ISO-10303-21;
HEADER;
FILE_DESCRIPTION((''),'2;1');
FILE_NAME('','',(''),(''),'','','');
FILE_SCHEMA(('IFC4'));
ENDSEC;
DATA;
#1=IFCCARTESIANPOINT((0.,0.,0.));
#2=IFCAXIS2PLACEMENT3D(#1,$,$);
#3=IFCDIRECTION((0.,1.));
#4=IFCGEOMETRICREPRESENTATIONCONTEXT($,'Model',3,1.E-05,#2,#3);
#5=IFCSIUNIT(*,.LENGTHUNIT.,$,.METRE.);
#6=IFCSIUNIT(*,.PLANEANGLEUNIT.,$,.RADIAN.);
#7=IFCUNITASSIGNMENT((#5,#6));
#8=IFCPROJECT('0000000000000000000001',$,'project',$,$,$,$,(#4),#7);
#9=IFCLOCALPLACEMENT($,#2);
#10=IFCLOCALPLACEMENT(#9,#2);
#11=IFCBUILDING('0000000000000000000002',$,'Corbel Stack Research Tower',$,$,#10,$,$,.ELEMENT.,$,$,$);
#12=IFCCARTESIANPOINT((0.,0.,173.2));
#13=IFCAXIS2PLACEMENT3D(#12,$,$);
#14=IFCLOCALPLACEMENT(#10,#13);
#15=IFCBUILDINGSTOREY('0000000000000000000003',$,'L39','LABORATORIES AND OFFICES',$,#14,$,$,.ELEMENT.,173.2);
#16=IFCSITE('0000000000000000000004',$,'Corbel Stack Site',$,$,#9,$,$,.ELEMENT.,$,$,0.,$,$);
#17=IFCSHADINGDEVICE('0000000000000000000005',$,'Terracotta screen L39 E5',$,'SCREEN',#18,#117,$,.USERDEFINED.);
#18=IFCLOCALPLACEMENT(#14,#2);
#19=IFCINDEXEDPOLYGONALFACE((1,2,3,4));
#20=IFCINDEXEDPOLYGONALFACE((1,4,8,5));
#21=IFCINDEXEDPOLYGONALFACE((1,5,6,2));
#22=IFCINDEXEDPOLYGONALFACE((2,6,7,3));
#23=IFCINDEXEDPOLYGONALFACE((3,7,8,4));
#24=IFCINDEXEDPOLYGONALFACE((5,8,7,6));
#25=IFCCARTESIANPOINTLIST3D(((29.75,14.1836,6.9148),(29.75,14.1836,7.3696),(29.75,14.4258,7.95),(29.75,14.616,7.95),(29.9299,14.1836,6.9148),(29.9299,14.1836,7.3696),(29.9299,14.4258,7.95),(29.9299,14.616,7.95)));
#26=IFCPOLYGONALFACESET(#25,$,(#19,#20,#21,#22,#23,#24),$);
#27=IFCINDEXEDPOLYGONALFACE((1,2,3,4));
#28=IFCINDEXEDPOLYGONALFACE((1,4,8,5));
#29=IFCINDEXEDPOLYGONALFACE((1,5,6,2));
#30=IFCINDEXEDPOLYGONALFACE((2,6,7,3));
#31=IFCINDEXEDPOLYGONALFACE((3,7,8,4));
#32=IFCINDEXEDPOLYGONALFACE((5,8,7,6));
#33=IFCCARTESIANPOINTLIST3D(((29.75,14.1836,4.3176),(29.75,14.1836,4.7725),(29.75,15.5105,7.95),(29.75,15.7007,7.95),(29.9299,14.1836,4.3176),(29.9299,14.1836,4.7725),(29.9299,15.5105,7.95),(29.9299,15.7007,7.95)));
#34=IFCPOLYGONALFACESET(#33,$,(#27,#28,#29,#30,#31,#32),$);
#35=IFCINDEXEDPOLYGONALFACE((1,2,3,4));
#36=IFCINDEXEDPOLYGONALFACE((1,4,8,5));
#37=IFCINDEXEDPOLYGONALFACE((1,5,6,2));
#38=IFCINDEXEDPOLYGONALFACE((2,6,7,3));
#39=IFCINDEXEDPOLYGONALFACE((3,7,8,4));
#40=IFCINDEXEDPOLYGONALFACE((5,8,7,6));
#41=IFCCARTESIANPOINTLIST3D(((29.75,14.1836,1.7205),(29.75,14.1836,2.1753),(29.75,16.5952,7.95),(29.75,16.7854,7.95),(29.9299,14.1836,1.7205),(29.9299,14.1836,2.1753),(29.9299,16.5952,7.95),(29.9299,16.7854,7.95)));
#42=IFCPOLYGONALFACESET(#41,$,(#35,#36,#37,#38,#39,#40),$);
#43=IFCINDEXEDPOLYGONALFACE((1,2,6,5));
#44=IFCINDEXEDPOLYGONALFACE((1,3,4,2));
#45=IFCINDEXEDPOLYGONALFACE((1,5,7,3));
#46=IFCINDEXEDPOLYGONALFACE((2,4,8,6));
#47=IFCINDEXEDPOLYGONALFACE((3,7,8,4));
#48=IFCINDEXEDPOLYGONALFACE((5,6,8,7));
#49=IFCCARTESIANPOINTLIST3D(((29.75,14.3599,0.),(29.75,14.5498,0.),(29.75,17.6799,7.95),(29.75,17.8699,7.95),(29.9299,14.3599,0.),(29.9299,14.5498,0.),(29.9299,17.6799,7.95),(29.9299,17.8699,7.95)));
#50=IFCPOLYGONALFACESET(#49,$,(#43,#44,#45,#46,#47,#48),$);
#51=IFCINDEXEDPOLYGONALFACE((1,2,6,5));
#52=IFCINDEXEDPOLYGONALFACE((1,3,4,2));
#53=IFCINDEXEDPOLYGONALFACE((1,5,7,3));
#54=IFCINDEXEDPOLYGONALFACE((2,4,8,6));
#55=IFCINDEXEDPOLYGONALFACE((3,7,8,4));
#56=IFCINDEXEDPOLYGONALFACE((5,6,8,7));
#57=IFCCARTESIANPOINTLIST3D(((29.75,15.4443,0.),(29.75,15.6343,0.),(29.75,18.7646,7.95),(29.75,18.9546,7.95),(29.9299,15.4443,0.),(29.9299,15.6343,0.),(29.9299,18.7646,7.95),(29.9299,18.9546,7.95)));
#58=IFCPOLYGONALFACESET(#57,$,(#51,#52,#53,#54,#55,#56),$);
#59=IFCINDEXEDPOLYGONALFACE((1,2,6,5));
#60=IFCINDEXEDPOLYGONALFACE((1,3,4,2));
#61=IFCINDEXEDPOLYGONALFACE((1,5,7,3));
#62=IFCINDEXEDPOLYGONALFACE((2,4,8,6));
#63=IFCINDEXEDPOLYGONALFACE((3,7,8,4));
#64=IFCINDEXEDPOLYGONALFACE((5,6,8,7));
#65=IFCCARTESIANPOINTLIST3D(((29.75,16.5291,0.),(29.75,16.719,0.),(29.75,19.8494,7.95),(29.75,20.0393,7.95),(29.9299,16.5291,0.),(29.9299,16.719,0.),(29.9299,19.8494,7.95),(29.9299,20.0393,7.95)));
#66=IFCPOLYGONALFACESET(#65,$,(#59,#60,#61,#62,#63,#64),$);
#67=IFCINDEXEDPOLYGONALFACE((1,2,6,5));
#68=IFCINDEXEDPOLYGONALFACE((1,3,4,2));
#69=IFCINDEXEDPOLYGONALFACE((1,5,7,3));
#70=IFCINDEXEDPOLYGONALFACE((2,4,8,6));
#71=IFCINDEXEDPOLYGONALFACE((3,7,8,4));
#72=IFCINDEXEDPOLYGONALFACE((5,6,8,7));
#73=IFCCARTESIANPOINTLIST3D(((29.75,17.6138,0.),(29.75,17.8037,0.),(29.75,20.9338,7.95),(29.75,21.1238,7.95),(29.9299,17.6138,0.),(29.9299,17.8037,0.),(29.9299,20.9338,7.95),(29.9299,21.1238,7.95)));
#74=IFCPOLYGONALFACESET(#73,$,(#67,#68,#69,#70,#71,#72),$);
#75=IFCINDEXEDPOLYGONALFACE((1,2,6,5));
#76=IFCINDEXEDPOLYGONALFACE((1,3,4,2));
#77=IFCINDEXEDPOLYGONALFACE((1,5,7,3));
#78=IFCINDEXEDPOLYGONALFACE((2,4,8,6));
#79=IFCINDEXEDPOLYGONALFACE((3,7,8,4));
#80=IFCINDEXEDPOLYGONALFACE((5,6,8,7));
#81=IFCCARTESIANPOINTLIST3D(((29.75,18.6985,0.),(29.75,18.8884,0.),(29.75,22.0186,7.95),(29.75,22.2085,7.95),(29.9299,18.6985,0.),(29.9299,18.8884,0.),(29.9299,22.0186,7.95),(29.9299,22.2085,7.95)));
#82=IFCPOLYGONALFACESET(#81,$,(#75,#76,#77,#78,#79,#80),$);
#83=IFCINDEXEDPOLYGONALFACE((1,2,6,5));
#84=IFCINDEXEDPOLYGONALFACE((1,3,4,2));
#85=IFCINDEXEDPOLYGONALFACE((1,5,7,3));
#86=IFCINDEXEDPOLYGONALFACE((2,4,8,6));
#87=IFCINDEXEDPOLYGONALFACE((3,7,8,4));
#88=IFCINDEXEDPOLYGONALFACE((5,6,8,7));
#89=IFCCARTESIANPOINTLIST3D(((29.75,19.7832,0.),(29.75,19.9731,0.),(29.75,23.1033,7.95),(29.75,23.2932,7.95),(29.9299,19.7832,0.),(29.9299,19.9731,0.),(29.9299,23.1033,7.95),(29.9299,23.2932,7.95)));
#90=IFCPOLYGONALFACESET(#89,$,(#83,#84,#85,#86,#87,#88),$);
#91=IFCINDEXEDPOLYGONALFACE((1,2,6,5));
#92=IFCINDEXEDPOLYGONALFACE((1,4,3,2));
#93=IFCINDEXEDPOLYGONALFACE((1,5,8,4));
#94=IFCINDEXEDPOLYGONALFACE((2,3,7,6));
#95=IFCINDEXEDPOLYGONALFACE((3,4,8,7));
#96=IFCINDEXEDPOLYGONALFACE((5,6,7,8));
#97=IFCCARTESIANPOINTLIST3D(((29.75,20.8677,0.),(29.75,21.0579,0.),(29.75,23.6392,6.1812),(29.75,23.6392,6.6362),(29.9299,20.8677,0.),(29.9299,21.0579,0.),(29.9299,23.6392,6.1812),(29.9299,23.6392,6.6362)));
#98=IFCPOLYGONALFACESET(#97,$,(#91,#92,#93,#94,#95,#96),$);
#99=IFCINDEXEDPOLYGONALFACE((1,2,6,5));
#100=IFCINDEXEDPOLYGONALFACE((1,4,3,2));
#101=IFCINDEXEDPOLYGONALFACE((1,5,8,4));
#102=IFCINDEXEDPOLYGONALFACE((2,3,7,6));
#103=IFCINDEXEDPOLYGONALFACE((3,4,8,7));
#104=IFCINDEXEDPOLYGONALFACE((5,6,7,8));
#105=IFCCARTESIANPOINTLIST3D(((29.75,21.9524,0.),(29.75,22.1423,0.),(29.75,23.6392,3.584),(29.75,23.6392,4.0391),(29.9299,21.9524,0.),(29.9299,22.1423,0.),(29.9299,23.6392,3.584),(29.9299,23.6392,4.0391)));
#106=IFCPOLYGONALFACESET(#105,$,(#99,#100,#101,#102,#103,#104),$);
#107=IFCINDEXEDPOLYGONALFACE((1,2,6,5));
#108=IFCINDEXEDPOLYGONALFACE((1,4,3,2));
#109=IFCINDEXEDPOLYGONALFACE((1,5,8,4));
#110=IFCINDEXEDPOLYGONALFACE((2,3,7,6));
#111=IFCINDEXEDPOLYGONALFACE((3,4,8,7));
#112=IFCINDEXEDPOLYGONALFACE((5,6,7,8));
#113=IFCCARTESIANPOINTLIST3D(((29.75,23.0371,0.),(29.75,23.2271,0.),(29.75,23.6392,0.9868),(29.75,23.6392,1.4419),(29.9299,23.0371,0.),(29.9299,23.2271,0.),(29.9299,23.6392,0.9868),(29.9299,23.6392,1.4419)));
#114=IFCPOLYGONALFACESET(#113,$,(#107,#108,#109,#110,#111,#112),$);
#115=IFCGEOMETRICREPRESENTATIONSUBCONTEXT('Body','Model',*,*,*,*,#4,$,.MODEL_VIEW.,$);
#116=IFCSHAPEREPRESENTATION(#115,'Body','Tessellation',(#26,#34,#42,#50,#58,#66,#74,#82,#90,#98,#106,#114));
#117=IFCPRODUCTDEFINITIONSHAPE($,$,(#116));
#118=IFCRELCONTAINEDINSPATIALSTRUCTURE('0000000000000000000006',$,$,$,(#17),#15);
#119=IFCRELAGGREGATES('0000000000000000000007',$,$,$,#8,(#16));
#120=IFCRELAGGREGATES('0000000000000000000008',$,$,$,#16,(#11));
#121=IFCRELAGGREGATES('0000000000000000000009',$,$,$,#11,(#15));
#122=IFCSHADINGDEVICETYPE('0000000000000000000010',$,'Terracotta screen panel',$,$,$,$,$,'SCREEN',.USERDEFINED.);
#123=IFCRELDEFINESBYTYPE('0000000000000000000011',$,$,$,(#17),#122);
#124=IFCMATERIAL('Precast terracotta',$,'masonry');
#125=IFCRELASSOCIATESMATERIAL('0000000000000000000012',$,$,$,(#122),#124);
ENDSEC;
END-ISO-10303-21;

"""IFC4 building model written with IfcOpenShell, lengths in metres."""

from ifc_helpers import new_model, si_unit, direction, frame, origin, place, context, subcontext, project, spatial, polyline, outline, extrude, source, transform, mapped, material, type_object, element, save


model = new_model("IFC4")

# Units and contexts
model_context = context("Model", 3, precision=1e-05, world=origin(), true_north=direction((0.0, 1.0)))
body_context = subcontext(model_context, "Body", "Model", "MODEL_VIEW")
ifc_project = project(units=[si_unit("LENGTHUNIT", "METRE"), si_unit("PLANEANGLEUNIT", "RADIAN")], contexts=[model_context])

# Site, building, storey
site_placement = place(None, origin())
site = spatial("IfcSite", under=ifc_project, at=site_placement, Name="Corbel Stack Site", CompositionType="ELEMENT", RefElevation=0.0)
building_placement = place(site_placement, origin())
building = spatial("IfcBuilding", under=site, at=building_placement, Name="Corbel Stack Research Tower", CompositionType="ELEMENT")
storey_placement = place(building_placement, frame((0.0, 0.0, 173.2)))
storey = spatial("IfcBuildingStorey", under=building, at=storey_placement, Name="L39", Description="LABORATORIES AND OFFICES", CompositionType="ELEMENT", Elevation=173.2)

# Shading device
ifc_material_1 = material(Name="Precast terracotta", Category="masonry")
shading_device_type = type_object("IfcShadingDeviceType", Name="Terracotta screen panel", ElementType="SCREEN", PredefinedType="USERDEFINED", material=ifc_material_1)
shared_shape_1 = source(origin(), body_context, "Body", "SweptSolid", [
    extrude(outline(polyline([(0.4324, 7.95), (0.2422, 7.95), (0.0, 7.3696), (0.0, 6.9148), (0.4324, 7.95)])), frame((0.0, 0.0, 0.0), z_axis=(0.0, -1.0, 0.0), x_axis=(1.0, 0.0, 0.0)), (0.0, 0.0, 1.0), 0.1799),
    extrude(outline(polyline([(1.5171, 7.95), (1.3269, 7.95), (0.0, 4.7725), (0.0, 4.3176), (1.5171, 7.95)])), frame((0.0, 0.0, 0.0), z_axis=(0.0, -1.0, 0.0), x_axis=(1.0, 0.0, 0.0)), (0.0, 0.0, 1.0), 0.1799),
    extrude(outline(polyline([(2.6018, 7.95), (2.4116, 7.95), (0.0, 2.1753), (0.0, 1.7205), (2.6018, 7.95)])), frame((0.0, 0.0, 0.0), z_axis=(0.0, -1.0, 0.0), x_axis=(1.0, 0.0, 0.0)), (0.0, 0.0, 1.0), 0.1799),
    extrude(outline(polyline([(0.3662, 0.0), (3.6863, 7.95), (3.4963, 7.95), (0.1763, 0.0), (0.3662, 0.0)])), frame((0.0, 0.0, 0.0), z_axis=(0.0, -1.0, 0.0), x_axis=(1.0, 0.0, 0.0)), (0.0, 0.0, 1.0), 0.1799),
    extrude(outline(polyline([(1.4507, 0.0), (4.771, 7.95), (4.5811, 7.95), (1.2607, 0.0), (1.4507, 0.0)])), frame((0.0, 0.0, 0.0), z_axis=(0.0, -1.0, 0.0), x_axis=(1.0, 0.0, 0.0)), (0.0, 0.0, 1.0), 0.1799),
    extrude(outline(polyline([(2.5354, 0.0), (5.8557, 7.95), (5.6658, 7.95), (2.3455, 0.0), (2.5354, 0.0)])), frame((0.0, 0.0, 0.0), z_axis=(0.0, -1.0, 0.0), x_axis=(1.0, 0.0, 0.0)), (0.0, 0.0, 1.0), 0.1799),
    extrude(outline(polyline([(3.6201, 0.0), (6.9402, 7.95), (6.7502, 7.95), (3.4302, 0.0), (3.6201, 0.0)])), frame((0.0, 0.0, 0.0), z_axis=(0.0, -1.0, 0.0), x_axis=(1.0, 0.0, 0.0)), (0.0, 0.0, 1.0), 0.1799),
    extrude(outline(polyline([(4.7048, 0.0), (8.0249, 7.95), (7.835, 7.95), (4.5149, 0.0), (4.7048, 0.0)])), frame((0.0, 0.0, 0.0), z_axis=(0.0, -1.0, 0.0), x_axis=(1.0, 0.0, 0.0)), (0.0, 0.0, 1.0), 0.1799),
    extrude(outline(polyline([(5.7896, 0.0), (9.1096, 7.95), (8.9197, 7.95), (5.5996, 0.0), (5.7896, 0.0)])), frame((0.0, 0.0, 0.0), z_axis=(0.0, -1.0, 0.0), x_axis=(1.0, 0.0, 0.0)), (0.0, 0.0, 1.0), 0.1799),
    extrude(outline(polyline([(6.8743, 0.0), (9.4556, 6.1812), (9.4556, 6.6362), (6.6841, 0.0), (6.8743, 0.0)])), frame((0.0, 0.0, 0.0), z_axis=(0.0, -1.0, 0.0), x_axis=(1.0, 0.0, 0.0)), (0.0, 0.0, 1.0), 0.1799),
    extrude(outline(polyline([(7.9587, 0.0), (9.4556, 3.584), (9.4556, 4.0391), (7.7688, 0.0), (7.9587, 0.0)])), frame((0.0, 0.0, 0.0), z_axis=(0.0, -1.0, 0.0), x_axis=(1.0, 0.0, 0.0)), (0.0, 0.0, 1.0), 0.1799),
    extrude(outline(polyline([(9.0435, 0.0), (9.4556, 0.9868), (9.4556, 1.4419), (8.8535, 0.0), (9.0435, 0.0)])), frame((0.0, 0.0, 0.0), z_axis=(0.0, -1.0, 0.0), x_axis=(1.0, 0.0, 0.0)), (0.0, 0.0, 1.0), 0.1799),
])
shading_device_1_placement = place(storey_placement, frame((29.75, 14.1836, 0.0), z_axis=(0.0, 0.0, 1.0), x_axis=(0.0, 1.0, 0.0)))
element("IfcShadingDevice", 1, at=shading_device_1_placement, inside=storey, type_object=shading_device_type, Name="Terracotta screen L39 E5", ObjectType="SCREEN", PredefinedType="USERDEFINED", context=body_context, shape_type="MappedRepresentation", body=[
    mapped(shared_shape_1, transform((0.0, 0.0, 0.0))),
])

save(model, "model.ifc")
